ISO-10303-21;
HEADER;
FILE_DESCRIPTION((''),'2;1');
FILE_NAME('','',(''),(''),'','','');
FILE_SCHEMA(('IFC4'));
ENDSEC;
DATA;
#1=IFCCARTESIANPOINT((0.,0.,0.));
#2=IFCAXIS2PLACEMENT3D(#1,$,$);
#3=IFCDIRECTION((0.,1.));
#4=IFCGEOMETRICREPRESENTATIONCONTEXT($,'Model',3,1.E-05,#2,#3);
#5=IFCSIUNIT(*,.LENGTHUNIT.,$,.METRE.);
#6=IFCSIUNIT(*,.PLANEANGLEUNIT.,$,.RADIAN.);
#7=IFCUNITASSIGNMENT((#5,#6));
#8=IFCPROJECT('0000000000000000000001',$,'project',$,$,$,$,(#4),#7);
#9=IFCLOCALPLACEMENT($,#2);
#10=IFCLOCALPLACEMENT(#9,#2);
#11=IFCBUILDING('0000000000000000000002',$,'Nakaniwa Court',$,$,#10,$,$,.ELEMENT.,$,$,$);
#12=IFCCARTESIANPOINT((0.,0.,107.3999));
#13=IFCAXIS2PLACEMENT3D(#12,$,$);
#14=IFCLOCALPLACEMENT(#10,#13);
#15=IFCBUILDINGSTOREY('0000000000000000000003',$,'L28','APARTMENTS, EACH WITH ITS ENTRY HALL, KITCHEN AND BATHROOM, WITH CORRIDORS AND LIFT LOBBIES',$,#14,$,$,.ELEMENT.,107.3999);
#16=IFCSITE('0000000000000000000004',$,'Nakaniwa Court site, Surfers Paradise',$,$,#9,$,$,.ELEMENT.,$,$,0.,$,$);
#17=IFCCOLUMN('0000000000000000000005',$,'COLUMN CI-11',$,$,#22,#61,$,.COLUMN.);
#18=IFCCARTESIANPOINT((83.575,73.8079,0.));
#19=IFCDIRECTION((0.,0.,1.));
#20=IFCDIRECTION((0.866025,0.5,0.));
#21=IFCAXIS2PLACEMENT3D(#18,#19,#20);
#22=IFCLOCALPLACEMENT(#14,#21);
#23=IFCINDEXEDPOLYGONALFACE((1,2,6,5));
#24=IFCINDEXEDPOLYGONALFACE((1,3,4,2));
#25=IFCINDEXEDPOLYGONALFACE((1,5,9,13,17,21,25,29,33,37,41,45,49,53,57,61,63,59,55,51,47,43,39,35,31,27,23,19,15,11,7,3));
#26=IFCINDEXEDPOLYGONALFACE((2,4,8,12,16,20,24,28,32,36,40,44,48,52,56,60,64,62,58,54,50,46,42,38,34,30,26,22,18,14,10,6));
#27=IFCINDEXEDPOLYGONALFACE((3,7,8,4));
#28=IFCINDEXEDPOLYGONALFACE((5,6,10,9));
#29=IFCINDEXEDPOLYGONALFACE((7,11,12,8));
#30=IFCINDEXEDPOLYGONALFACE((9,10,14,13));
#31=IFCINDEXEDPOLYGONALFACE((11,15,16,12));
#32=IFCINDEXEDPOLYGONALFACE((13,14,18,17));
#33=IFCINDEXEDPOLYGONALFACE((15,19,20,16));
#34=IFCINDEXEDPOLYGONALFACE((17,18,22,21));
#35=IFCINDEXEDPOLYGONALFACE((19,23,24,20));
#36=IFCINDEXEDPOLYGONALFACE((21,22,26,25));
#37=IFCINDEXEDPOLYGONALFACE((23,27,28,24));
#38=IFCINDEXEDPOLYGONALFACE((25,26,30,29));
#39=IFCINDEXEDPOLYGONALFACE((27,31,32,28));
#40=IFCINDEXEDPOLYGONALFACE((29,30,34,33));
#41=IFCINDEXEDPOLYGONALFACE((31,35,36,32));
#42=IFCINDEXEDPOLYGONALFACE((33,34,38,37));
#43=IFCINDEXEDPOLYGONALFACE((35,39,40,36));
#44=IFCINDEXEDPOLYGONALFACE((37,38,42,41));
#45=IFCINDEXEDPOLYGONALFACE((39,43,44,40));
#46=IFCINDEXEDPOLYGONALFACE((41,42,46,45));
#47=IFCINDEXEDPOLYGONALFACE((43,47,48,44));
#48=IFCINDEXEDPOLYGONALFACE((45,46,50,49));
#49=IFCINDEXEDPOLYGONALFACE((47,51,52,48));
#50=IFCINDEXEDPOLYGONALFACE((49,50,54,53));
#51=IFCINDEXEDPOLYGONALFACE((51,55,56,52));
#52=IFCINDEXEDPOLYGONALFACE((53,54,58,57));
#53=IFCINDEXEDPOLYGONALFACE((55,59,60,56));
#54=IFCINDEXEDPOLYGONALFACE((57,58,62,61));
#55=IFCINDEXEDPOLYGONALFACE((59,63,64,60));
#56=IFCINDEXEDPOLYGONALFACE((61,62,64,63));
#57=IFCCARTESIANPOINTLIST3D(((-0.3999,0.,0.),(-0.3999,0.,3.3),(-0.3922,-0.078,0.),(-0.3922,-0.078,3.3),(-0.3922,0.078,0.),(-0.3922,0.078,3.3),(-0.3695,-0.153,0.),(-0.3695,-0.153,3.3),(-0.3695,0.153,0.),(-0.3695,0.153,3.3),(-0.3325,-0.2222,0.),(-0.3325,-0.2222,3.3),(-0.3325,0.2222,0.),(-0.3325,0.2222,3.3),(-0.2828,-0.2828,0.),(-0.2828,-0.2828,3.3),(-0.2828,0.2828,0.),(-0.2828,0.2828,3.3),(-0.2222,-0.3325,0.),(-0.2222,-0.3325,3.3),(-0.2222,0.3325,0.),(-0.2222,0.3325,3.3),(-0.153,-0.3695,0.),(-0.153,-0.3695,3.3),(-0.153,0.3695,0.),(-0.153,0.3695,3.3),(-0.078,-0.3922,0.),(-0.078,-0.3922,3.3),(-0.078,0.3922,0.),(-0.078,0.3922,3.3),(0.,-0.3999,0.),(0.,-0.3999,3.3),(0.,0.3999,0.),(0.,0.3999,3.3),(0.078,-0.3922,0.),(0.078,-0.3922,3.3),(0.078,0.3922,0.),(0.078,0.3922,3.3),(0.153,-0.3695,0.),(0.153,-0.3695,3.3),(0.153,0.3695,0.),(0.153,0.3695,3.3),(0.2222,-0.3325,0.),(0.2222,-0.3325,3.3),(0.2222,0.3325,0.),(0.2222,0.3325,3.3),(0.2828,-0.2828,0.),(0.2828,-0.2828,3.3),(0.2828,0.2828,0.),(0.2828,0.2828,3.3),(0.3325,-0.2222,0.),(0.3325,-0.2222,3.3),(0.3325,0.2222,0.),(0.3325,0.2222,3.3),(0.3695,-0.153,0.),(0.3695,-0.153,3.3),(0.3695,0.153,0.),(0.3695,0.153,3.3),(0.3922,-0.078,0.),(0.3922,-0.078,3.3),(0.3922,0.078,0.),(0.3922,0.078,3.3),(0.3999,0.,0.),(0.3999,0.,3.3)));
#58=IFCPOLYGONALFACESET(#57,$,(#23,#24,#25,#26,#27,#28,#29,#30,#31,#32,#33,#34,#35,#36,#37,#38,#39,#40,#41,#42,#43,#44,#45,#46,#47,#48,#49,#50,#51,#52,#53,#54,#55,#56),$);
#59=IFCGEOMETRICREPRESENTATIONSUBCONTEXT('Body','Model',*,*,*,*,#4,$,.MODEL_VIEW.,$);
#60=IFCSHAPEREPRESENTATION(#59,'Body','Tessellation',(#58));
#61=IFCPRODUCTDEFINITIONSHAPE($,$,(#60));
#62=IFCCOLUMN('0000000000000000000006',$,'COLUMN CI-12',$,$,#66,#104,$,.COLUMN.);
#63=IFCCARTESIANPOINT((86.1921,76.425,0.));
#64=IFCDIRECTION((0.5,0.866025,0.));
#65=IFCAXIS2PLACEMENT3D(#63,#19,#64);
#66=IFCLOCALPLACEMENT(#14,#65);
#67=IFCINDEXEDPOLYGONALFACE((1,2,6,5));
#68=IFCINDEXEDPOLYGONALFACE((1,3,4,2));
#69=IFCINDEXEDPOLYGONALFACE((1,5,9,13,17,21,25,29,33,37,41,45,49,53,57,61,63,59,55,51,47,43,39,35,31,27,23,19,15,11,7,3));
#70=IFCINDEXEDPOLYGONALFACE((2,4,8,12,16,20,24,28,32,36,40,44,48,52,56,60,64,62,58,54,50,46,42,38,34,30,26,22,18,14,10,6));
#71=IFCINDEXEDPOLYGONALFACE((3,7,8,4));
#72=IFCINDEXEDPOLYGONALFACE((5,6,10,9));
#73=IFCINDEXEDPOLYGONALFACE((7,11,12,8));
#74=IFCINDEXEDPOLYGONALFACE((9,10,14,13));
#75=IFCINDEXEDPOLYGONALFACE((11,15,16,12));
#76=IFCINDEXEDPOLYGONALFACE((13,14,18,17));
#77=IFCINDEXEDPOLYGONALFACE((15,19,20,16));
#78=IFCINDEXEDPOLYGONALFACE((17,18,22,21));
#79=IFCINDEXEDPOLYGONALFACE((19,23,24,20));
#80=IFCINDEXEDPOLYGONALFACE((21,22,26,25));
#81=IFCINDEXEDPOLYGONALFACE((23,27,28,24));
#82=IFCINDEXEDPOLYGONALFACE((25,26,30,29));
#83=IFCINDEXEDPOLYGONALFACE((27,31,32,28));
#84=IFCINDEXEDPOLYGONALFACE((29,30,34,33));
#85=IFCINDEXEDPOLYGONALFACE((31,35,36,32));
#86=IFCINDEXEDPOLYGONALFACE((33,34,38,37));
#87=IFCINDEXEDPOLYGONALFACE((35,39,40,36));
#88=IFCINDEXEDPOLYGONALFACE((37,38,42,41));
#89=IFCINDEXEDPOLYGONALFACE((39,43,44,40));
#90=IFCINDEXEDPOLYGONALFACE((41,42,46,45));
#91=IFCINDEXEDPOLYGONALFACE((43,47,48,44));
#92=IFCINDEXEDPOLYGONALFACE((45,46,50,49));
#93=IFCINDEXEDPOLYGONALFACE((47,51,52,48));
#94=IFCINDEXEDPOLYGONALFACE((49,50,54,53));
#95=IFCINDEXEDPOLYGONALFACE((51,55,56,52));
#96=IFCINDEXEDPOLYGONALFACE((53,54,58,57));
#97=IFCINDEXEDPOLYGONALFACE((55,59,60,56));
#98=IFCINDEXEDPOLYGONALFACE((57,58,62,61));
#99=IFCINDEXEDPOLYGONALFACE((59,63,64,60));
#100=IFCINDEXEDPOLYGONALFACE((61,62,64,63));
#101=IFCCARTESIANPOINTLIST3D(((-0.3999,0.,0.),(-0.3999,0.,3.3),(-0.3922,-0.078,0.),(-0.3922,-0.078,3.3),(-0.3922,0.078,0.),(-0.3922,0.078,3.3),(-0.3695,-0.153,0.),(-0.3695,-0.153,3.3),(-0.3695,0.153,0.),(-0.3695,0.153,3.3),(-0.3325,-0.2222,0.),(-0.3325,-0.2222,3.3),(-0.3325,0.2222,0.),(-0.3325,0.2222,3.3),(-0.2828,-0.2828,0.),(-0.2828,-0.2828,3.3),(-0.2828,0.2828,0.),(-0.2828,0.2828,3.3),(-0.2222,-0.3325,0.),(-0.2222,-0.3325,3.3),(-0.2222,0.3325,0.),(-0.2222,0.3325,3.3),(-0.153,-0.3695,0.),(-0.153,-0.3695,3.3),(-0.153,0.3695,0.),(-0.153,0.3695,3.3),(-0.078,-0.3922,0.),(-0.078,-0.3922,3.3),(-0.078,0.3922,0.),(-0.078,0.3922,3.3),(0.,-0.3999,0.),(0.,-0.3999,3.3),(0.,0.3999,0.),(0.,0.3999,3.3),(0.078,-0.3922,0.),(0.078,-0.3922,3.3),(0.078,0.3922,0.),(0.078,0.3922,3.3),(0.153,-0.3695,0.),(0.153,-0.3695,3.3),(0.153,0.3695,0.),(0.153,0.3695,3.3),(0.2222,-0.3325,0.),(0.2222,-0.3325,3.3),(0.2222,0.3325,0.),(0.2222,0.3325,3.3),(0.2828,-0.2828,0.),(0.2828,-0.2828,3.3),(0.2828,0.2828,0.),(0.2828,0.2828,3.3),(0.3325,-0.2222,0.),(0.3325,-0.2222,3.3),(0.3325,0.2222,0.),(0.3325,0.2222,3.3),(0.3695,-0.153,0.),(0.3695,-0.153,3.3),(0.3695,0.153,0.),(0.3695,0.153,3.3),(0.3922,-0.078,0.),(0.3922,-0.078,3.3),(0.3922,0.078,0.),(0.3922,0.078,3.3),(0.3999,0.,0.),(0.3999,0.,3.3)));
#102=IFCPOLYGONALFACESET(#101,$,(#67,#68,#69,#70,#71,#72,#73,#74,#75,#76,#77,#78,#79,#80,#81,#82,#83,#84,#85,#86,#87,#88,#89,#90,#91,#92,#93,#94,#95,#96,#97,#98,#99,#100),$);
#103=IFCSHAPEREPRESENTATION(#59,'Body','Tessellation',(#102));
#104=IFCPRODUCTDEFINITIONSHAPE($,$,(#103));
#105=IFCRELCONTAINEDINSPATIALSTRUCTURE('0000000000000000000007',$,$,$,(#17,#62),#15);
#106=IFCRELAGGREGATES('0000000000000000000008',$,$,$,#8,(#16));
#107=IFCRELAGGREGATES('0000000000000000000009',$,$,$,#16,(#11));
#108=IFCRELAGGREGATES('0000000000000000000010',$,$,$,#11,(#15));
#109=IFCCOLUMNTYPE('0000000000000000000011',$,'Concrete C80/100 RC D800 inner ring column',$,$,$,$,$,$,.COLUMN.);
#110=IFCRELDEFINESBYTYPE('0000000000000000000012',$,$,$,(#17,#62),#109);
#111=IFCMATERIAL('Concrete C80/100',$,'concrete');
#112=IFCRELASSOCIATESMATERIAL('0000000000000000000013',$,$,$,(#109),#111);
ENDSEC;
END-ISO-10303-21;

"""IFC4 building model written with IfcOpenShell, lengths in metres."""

from ifc_helpers import new_model, si_unit, direction, frame, origin, origin_2d, place, context, subcontext, project, spatial, circle, extrude, material, material_profile, profile_set, type_object, element, save


model = new_model("IFC4")

# Units and contexts
model_context = context("Model", 3, precision=1e-05, world=origin(), true_north=direction((0.0, 1.0)))
body_context = subcontext(model_context, "Body", "Model", "MODEL_VIEW")
ifc_project = project(units=[si_unit("LENGTHUNIT", "METRE"), si_unit("PLANEANGLEUNIT", "RADIAN")], contexts=[model_context])

# Site, building, storey
site_placement = place(None, origin())
site = spatial("IfcSite", under=ifc_project, at=site_placement, Name="Nakaniwa Court site, Surfers Paradise", CompositionType="ELEMENT", RefElevation=0.0)
building_placement = place(site_placement, origin())
building = spatial("IfcBuilding", under=site, at=building_placement, Name="Nakaniwa Court", CompositionType="ELEMENT")
storey_placement = place(building_placement, frame((0.0, 0.0, 107.3999)))
storey = spatial("IfcBuildingStorey", under=building, at=storey_placement, Name="L28", Description="APARTMENTS, EACH WITH ITS ENTRY HALL, KITCHEN AND BATHROOM, WITH CORRIDORS AND LIFT LOBBIES", CompositionType="ELEMENT", Elevation=107.3999)

# Columns
ifc_material_1 = material(Name="Concrete C80/100", Category="concrete")
ifc_material_profile_1 = material_profile(ifc_material_1, circle(Radius=0.3999, at=origin_2d()), Name="Concrete C80/100 RC D800 inner ring column")
ifc_profile_set_1 = profile_set([ifc_material_profile_1], Name="Concrete C80/100")
column_type = type_object("IfcColumnType", Name="Concrete C80/100 RC D800 inner ring column", PredefinedType="COLUMN", material=ifc_profile_set_1)
for number, where, z_axis, x_axis, name in (
    (1, (83.575, 73.8079, 0.0), (0.0, 0.0, 1.0), (0.866025, 0.5, 0.0), "COLUMN CI-11"),
    (2, (86.1921, 76.425, 0.0), (0.0, 0.0, 1.0), (0.5, 0.866025, 0.0), "COLUMN CI-12"),
):
    element("IfcColumn", number, at=place(storey_placement, frame(where, z_axis=z_axis, x_axis=x_axis)), inside=storey, type_object=column_type, Name=name, PredefinedType="COLUMN", context=body_context, shape_type="SweptSolid", body=[
        extrude(circle(Radius=0.3999, at=origin_2d()), origin(), (0.0, 0.0, 1.0), 3.3),
    ])

save(model, "model.ifc")
